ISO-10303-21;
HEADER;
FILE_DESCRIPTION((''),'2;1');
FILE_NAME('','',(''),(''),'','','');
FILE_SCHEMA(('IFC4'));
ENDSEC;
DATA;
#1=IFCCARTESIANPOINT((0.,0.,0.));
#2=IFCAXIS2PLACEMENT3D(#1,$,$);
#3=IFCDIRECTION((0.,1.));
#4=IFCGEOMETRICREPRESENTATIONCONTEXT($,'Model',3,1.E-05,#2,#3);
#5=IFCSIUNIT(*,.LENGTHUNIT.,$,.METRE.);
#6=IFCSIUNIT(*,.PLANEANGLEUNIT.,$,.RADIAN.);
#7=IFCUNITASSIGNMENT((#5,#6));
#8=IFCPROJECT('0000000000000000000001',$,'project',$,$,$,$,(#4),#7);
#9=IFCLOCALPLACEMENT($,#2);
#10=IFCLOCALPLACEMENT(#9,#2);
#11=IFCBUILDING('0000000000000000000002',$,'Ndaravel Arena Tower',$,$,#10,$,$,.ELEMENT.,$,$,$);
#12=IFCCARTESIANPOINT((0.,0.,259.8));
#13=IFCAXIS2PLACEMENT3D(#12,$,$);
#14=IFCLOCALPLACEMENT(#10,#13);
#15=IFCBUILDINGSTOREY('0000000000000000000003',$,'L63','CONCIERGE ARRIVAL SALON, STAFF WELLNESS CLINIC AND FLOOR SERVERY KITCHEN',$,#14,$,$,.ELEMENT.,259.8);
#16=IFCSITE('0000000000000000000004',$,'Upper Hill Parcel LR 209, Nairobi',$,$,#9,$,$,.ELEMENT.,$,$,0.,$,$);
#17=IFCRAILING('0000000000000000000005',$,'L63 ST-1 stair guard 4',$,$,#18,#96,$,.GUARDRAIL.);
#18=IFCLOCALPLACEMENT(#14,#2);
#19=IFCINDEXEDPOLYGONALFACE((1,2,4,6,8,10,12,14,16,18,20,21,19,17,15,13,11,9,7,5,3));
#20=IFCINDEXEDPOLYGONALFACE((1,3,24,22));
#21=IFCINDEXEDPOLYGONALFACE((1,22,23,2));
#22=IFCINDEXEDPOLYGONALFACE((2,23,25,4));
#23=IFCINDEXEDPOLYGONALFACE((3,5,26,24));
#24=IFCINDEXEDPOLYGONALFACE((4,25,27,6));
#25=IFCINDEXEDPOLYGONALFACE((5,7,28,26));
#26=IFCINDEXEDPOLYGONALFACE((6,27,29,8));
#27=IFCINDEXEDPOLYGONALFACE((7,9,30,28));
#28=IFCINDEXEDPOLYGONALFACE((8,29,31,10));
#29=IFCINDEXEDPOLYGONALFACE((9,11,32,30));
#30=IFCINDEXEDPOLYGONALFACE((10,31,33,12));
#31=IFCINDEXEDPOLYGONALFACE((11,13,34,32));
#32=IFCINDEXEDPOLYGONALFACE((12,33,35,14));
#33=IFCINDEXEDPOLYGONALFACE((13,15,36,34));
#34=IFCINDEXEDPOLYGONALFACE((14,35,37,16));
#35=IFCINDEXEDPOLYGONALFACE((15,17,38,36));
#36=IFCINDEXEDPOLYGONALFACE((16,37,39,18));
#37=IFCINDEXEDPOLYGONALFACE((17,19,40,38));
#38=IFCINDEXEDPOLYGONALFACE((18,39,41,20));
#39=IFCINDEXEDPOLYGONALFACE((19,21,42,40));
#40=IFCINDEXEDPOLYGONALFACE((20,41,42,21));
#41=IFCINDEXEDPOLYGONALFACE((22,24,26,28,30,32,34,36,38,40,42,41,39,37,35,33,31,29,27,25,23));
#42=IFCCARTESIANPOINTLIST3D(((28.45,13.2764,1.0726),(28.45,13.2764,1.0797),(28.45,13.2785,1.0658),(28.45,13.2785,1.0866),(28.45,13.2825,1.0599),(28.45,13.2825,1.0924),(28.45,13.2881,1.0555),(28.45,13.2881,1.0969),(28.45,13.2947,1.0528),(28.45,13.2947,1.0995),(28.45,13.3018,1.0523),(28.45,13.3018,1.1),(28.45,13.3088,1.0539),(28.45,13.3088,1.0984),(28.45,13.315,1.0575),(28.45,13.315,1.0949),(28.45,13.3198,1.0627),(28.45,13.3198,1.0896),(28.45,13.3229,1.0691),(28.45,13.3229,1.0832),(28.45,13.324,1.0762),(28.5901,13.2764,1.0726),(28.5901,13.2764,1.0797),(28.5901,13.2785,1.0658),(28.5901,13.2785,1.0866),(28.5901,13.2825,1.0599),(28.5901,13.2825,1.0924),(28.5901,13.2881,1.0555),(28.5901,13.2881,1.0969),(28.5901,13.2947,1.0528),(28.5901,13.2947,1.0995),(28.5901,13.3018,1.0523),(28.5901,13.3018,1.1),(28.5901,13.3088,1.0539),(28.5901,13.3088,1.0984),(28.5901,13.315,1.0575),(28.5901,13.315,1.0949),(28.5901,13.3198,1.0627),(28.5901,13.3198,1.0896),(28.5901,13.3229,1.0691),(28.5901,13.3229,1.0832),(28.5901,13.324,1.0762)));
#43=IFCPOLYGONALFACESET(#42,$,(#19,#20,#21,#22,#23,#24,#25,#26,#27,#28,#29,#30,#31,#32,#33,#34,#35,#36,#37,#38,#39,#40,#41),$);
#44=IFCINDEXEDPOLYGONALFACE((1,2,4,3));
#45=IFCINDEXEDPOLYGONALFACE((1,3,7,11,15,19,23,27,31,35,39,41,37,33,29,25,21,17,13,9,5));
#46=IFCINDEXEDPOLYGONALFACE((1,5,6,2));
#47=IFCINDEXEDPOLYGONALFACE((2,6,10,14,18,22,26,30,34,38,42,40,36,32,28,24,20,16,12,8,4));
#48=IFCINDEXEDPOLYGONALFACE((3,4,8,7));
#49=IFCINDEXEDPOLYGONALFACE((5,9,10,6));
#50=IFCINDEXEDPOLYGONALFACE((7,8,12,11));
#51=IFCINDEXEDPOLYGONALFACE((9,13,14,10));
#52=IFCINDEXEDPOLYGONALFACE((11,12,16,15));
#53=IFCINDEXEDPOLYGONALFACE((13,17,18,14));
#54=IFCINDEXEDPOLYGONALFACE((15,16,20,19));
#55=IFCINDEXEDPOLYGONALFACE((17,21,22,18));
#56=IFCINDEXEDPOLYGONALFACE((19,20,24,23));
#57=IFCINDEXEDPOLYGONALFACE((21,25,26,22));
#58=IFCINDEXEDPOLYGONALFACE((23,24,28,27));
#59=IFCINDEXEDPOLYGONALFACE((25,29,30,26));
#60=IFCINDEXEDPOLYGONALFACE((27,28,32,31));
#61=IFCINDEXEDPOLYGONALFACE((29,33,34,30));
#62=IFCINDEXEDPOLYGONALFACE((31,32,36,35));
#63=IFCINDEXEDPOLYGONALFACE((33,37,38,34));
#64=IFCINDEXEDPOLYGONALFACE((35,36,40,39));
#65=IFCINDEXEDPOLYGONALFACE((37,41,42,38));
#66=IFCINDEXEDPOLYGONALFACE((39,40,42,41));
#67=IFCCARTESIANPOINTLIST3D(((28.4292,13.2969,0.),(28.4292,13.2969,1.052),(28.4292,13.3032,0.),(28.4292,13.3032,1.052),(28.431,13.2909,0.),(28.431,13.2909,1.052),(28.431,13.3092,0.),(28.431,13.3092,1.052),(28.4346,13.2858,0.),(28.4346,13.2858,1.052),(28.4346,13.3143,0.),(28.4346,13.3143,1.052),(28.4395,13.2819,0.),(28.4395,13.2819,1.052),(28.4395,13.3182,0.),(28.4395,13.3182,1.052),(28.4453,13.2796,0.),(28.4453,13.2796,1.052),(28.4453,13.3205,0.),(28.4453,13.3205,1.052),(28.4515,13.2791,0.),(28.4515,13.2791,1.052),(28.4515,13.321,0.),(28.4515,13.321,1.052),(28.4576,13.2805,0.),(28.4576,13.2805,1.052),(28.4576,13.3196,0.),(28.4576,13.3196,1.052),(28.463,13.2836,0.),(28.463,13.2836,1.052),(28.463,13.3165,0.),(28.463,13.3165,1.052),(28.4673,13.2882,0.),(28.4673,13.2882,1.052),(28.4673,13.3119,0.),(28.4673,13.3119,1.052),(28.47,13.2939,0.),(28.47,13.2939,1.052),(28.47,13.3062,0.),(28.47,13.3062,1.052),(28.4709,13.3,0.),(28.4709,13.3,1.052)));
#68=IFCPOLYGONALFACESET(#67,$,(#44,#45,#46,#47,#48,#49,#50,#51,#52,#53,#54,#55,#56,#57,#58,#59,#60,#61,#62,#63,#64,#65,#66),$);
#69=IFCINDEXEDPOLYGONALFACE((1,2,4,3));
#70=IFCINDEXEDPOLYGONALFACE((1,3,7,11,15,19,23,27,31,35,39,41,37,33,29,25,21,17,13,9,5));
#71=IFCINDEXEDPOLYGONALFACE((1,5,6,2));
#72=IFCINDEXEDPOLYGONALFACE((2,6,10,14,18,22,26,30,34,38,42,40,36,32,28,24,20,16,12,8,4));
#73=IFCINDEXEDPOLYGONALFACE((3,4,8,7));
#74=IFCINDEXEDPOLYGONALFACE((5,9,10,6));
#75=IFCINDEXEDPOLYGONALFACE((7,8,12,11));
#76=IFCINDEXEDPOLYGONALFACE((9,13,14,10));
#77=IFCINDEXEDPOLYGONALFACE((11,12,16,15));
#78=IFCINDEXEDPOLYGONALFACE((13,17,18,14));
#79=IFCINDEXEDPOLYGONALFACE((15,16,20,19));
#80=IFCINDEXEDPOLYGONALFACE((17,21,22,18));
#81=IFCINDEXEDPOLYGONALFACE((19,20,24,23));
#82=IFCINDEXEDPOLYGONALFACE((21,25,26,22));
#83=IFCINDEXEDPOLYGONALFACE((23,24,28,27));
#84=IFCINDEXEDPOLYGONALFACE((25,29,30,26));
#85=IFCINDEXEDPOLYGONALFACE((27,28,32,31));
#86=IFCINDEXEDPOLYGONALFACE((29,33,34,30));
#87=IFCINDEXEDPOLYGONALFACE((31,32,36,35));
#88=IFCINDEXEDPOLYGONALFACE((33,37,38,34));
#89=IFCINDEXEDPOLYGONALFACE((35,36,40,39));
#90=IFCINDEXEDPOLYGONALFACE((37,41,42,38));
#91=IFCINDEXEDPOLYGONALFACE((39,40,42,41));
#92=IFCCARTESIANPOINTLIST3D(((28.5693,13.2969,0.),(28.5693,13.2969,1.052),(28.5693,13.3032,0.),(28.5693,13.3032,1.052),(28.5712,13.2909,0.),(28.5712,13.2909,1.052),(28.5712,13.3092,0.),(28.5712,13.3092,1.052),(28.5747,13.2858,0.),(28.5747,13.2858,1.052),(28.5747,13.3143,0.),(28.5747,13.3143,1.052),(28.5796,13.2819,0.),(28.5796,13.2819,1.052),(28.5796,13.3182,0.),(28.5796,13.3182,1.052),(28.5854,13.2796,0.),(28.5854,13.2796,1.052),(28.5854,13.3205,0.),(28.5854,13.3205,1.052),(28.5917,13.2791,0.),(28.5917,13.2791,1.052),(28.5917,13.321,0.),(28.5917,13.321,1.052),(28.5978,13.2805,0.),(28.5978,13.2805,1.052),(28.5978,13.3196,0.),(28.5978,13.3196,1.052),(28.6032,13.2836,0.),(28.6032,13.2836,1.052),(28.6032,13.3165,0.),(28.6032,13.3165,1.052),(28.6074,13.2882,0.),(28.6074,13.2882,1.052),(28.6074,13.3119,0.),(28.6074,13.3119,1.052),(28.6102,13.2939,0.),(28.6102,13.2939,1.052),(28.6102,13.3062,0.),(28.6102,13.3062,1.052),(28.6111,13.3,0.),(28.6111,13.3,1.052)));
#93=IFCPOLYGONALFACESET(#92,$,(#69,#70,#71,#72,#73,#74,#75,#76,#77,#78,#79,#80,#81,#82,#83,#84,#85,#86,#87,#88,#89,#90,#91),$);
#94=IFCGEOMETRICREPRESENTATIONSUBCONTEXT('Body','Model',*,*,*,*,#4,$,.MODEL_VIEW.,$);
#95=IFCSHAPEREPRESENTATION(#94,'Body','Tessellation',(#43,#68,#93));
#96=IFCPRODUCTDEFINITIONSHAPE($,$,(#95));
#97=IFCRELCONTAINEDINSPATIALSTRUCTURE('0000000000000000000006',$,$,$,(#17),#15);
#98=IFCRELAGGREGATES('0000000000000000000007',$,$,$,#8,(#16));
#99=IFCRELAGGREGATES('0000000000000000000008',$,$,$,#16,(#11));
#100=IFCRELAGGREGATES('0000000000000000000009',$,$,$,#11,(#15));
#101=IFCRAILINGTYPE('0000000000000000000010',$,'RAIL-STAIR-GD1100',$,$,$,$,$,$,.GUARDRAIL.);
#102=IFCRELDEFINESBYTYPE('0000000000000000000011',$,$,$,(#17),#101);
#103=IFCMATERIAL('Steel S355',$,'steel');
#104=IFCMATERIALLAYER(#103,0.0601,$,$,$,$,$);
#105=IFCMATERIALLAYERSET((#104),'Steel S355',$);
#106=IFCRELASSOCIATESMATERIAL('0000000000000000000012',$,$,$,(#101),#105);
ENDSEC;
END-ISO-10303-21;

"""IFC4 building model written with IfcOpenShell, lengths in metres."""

from ifc_helpers import new_model, si_unit, direction, frame, origin, origin_2d, place, context, subcontext, project, spatial, circle, extrude, material, layer, layer_set, type_object, element, save


model = new_model("IFC4")

# Units and contexts
model_context = context("Model", 3, precision=1e-05, world=origin(), true_north=direction((0.0, 1.0)))
body_context = subcontext(model_context, "Body", "Model", "MODEL_VIEW")
ifc_project = project(units=[si_unit("LENGTHUNIT", "METRE"), si_unit("PLANEANGLEUNIT", "RADIAN")], contexts=[model_context])

# Site, building, storey
site_placement = place(None, origin())
site = spatial("IfcSite", under=ifc_project, at=site_placement, Name="Upper Hill Parcel LR 209, Nairobi", CompositionType="ELEMENT", RefElevation=0.0)
building_placement = place(site_placement, origin())
building = spatial("IfcBuilding", under=site, at=building_placement, Name="Ndaravel Arena Tower", CompositionType="ELEMENT")
storey_placement = place(building_placement, frame((0.0, 0.0, 259.8)))
storey = spatial("IfcBuildingStorey", under=building, at=storey_placement, Name="L63", Description="CONCIERGE ARRIVAL SALON, STAFF WELLNESS CLINIC AND FLOOR SERVERY KITCHEN", CompositionType="ELEMENT", Elevation=259.8)

# Railing
ifc_material_1 = material(Name="Steel S355", Category="steel")
ifc_layer_1 = layer(ifc_material_1, 0.0601)
ifc_layer_set_1 = layer_set([ifc_layer_1], Name="Steel S355")
railing_type_1 = type_object("IfcRailingType", Name="RAIL-STAIR-GD1100", PredefinedType="GUARDRAIL", material=ifc_layer_set_1)
railing_1_placement = place(storey_placement, frame((28.45, 13.3, 0.0)))
element("IfcRailing", 1, at=railing_1_placement, inside=storey, type_object=railing_type_1, Name="L63 ST-1 stair guard 4", PredefinedType="GUARDRAIL", context=body_context, shape_type="SweptSolid", body=[
    extrude(circle(Radius=0.0239, at=origin_2d()), frame((0.0, 0.0, 1.0762), z_axis=(1.0, 0.0, 0.0), x_axis=(0.0, 1.0, 0.0)), (0.0, 0.0, 1.0), 0.1401),
    extrude(circle(Radius=0.021, at=origin_2d()), origin(), (0.0, 0.0, 1.0), 1.052),
    extrude(circle(Radius=0.021, at=origin_2d()), frame((0.1401, 0.0, 0.0)), (0.0, 0.0, 1.0), 1.052),
])

save(model, "model.ifc")
